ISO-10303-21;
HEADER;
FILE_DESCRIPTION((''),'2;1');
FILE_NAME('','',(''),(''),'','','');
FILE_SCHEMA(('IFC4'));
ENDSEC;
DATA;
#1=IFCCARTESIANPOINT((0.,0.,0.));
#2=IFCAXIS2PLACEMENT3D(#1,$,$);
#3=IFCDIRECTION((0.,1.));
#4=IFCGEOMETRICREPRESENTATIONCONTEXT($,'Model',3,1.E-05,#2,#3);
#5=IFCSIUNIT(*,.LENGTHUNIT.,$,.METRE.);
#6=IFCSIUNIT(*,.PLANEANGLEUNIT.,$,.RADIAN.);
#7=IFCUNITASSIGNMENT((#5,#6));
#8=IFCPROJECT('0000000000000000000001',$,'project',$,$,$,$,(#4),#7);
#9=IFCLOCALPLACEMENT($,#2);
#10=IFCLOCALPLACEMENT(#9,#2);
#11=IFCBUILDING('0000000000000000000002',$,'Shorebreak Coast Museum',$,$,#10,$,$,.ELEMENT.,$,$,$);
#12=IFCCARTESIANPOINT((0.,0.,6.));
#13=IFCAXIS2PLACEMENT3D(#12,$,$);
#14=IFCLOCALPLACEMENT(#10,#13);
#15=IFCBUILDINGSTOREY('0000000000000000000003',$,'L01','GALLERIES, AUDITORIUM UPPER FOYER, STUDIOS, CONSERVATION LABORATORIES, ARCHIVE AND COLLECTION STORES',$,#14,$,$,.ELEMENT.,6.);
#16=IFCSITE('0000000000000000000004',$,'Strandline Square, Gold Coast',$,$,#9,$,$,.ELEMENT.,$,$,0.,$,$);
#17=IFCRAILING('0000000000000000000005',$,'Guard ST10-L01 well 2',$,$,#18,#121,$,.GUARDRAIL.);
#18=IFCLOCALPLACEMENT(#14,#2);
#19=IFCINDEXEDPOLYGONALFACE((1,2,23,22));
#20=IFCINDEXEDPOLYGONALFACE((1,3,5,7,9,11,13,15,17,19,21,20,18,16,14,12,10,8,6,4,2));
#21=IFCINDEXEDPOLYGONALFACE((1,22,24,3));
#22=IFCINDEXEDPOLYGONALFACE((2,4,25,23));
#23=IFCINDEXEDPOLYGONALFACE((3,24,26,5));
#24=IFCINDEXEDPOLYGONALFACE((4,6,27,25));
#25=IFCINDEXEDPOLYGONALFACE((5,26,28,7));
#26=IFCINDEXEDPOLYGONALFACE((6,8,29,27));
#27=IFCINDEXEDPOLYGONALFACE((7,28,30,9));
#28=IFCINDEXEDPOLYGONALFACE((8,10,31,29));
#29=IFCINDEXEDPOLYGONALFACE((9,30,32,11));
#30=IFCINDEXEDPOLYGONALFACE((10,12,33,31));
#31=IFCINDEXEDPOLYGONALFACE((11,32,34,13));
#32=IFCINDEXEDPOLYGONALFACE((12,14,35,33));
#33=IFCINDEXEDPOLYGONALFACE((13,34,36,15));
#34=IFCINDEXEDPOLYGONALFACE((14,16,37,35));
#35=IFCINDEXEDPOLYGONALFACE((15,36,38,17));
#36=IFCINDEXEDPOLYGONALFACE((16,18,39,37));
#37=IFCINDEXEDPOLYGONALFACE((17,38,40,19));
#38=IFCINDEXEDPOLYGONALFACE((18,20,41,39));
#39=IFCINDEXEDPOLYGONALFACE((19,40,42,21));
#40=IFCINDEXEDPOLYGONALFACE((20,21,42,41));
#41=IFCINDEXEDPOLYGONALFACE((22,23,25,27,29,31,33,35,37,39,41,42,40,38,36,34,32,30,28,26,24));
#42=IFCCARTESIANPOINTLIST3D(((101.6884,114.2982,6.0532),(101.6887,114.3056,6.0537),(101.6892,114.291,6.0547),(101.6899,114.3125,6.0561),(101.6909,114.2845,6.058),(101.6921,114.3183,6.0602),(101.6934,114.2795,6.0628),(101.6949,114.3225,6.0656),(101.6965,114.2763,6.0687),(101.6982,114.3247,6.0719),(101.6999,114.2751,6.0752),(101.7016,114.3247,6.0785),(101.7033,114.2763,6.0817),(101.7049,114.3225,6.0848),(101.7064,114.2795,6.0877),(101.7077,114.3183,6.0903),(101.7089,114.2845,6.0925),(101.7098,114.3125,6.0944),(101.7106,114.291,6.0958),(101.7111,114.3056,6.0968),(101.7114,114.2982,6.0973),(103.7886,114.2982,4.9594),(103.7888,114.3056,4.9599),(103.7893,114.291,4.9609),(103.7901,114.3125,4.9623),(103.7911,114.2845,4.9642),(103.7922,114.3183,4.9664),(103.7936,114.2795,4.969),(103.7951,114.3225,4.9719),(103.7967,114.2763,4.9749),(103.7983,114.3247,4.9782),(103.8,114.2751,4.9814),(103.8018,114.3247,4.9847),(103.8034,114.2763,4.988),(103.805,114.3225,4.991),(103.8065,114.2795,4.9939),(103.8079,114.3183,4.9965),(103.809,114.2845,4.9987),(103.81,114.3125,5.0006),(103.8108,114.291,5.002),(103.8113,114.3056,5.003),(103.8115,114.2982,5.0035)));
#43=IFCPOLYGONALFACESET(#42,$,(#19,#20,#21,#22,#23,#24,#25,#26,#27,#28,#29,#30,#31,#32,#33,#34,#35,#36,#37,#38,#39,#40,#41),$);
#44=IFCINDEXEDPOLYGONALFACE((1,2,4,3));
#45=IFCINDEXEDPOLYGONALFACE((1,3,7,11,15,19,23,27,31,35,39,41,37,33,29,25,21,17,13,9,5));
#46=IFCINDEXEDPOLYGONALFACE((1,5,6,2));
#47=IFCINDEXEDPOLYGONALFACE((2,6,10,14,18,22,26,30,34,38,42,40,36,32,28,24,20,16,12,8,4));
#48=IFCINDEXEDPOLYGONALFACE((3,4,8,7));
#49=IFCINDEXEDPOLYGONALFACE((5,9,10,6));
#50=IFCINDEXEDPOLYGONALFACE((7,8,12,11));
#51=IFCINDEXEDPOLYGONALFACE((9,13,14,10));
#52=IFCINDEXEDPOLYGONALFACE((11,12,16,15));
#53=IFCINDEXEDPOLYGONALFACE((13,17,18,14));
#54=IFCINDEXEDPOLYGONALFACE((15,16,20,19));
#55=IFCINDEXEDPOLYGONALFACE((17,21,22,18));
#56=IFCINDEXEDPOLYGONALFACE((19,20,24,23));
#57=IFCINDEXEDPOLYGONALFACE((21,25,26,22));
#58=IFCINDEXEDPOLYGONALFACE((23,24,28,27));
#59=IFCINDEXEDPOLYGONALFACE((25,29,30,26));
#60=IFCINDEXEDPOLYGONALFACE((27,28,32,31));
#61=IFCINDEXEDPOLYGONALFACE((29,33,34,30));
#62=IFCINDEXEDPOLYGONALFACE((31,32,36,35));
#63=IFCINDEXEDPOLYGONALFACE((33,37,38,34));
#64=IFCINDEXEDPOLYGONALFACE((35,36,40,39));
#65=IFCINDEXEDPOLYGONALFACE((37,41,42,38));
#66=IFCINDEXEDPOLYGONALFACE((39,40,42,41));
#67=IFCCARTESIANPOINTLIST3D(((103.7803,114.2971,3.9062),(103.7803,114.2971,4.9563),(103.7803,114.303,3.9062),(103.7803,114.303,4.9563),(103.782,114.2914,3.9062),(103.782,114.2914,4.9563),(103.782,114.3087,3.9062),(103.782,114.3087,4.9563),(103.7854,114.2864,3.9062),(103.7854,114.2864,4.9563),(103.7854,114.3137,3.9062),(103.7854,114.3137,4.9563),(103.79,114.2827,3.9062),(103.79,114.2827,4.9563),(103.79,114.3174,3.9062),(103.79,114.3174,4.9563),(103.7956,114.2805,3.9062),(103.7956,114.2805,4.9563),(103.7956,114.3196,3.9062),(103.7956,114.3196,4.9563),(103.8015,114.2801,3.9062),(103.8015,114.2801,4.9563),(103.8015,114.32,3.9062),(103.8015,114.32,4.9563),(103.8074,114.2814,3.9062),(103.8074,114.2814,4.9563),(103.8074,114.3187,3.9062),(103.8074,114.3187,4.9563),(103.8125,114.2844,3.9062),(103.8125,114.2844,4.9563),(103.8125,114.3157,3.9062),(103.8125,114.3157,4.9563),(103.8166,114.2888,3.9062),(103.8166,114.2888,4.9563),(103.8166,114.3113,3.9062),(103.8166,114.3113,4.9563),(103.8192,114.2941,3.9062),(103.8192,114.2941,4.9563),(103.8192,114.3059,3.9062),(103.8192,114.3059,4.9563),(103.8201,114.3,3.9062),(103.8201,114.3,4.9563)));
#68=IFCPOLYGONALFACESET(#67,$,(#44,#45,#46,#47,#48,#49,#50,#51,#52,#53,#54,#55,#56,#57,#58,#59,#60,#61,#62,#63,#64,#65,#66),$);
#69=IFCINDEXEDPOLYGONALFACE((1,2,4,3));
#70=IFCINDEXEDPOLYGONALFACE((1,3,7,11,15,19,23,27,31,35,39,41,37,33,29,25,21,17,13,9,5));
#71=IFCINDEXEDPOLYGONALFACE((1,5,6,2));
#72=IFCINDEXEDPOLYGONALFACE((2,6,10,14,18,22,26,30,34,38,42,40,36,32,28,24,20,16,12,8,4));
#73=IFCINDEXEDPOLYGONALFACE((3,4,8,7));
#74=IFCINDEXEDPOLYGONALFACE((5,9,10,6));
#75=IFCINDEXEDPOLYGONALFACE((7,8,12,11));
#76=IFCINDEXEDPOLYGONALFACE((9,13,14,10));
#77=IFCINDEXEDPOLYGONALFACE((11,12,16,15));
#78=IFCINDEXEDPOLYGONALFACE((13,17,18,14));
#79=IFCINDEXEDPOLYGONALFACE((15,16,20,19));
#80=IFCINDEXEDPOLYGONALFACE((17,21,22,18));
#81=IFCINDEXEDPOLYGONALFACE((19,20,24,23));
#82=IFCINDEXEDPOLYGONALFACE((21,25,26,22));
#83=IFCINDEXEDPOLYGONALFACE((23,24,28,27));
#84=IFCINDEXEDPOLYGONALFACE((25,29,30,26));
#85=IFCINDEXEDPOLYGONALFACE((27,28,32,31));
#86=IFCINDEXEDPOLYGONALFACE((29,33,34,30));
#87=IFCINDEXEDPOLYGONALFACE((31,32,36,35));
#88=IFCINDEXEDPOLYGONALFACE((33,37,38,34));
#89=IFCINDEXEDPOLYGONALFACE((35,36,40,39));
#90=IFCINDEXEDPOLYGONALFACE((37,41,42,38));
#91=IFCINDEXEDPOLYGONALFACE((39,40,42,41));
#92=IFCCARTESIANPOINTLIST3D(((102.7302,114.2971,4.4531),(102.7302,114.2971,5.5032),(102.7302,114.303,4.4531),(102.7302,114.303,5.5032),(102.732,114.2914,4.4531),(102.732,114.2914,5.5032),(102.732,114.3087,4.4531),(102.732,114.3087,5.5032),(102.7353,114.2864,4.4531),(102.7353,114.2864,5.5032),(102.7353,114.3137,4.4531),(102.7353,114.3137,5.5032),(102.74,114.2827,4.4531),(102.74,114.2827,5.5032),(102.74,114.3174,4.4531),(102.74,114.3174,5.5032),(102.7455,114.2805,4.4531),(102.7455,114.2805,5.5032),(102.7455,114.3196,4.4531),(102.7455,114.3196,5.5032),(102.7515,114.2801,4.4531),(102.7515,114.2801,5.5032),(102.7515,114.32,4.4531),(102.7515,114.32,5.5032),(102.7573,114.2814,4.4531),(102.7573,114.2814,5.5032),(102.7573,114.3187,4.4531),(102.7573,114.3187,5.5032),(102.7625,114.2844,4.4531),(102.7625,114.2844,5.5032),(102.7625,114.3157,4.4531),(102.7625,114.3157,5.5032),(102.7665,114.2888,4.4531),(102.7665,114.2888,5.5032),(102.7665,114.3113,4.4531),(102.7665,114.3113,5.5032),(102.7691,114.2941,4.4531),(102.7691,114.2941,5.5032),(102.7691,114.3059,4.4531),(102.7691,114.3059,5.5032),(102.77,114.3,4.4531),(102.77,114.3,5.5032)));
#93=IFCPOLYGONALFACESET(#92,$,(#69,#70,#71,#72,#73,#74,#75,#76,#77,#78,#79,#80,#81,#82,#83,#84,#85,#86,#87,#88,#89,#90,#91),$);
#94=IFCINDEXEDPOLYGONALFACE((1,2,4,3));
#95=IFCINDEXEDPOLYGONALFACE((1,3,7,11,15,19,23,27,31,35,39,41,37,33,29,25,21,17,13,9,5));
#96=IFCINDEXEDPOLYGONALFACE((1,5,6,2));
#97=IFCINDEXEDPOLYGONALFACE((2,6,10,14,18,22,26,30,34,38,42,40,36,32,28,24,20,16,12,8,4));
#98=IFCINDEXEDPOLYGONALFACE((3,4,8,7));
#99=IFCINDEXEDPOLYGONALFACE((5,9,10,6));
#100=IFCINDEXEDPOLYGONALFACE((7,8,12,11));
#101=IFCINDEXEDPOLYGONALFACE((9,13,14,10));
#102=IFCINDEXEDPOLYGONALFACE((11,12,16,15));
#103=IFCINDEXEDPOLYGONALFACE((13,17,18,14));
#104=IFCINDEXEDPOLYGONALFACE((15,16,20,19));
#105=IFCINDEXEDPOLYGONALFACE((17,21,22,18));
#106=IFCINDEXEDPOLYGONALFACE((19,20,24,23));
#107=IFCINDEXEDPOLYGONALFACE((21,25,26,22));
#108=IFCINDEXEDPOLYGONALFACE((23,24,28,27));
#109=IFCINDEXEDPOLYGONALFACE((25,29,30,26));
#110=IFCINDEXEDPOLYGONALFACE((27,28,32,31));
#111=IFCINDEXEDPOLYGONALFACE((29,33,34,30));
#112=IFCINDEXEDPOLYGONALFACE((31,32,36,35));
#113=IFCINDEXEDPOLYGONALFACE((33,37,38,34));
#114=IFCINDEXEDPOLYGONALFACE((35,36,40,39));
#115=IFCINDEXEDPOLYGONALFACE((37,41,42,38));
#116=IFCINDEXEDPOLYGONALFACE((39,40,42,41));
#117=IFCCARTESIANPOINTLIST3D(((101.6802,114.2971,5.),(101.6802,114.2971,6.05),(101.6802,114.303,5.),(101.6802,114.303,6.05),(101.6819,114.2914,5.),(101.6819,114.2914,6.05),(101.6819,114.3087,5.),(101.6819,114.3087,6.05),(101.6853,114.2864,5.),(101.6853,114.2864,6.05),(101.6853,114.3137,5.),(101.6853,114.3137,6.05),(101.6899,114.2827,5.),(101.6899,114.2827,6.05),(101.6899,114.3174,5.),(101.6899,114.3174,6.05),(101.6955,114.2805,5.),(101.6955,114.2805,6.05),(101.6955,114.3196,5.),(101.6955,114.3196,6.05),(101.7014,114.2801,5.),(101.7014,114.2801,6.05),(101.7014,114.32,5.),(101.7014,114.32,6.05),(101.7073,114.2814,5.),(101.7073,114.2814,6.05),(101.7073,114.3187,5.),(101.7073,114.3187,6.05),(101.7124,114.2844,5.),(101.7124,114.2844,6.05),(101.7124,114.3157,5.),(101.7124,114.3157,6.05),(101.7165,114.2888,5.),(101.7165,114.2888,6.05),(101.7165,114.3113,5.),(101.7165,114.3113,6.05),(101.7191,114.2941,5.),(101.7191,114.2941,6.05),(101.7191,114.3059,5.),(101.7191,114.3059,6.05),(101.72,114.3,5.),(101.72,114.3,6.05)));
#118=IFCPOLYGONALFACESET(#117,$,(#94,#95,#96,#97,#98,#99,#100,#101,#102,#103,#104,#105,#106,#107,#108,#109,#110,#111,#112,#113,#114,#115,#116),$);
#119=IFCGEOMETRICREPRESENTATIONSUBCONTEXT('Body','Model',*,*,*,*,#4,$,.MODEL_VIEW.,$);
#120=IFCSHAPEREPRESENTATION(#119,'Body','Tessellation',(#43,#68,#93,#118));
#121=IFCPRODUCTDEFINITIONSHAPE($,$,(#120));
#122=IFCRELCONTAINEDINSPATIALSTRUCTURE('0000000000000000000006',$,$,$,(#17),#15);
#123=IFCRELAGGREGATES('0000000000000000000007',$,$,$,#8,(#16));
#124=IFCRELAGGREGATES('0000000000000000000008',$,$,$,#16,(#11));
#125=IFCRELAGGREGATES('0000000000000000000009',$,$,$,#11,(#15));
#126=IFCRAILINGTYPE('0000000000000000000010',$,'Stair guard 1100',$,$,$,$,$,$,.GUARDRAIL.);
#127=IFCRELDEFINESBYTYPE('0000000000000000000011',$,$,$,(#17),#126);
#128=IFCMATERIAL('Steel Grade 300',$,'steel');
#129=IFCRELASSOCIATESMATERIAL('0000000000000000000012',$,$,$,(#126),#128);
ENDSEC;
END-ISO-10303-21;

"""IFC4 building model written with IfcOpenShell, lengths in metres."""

from ifc_helpers import new_model, si_unit, direction, frame, origin, origin_2d, place, context, subcontext, project, spatial, circle, extrude, material, type_object, element, save


model = new_model("IFC4")

# Units and contexts
model_context = context("Model", 3, precision=1e-05, world=origin(), true_north=direction((0.0, 1.0)))
body_context = subcontext(model_context, "Body", "Model", "MODEL_VIEW")
ifc_project = project(units=[si_unit("LENGTHUNIT", "METRE"), si_unit("PLANEANGLEUNIT", "RADIAN")], contexts=[model_context])

# Site, building, storey
site_placement = place(None, origin())
site = spatial("IfcSite", under=ifc_project, at=site_placement, Name="Strandline Square, Gold Coast", CompositionType="ELEMENT", RefElevation=0.0)
building_placement = place(site_placement, origin())
building = spatial("IfcBuilding", under=site, at=building_placement, Name="Shorebreak Coast Museum", CompositionType="ELEMENT")
storey_placement = place(building_placement, frame((0.0, 0.0, 6.0)))
storey = spatial("IfcBuildingStorey", under=building, at=storey_placement, Name="L01", Description="GALLERIES, AUDITORIUM UPPER FOYER, STUDIOS, CONSERVATION LABORATORIES, ARCHIVE AND COLLECTION STORES", CompositionType="ELEMENT", Elevation=6.0)

# Railing
ifc_material_1 = material(Name="Steel Grade 300", Category="steel")
railing_type_1 = type_object("IfcRailingType", Name="Stair guard 1100", PredefinedType="GUARDRAIL", material=ifc_material_1)
railing_placement = place(storey_placement, frame((103.8, 114.3, 3.9062)))
element("IfcRailing", 1, at=railing_placement, inside=storey, type_object=railing_type_1, Name="Guard ST10-L01 well 2", PredefinedType="GUARDRAIL", context=body_context, shape_type="SweptSolid", body=[
    extrude(circle(Radius=0.0249, at=origin_2d()), frame((0.0, 0.0, 1.0752), z_axis=(-0.886923, 0.0, 0.461918), x_axis=(0.0, -1.0, 0.0)), (0.0, 0.0, 1.0), 2.3679),
    extrude(circle(Radius=0.02, at=origin_2d()), origin(), (0.0, 0.0, 1.0), 1.05),
    extrude(circle(Radius=0.02, at=origin_2d()), frame((-1.05, 0.0, 0.5469)), (0.0, 0.0, 1.0), 1.05),
    extrude(circle(Radius=0.02, at=origin_2d()), frame((-2.1001, 0.0, 1.0938)), (0.0, 0.0, 1.0), 1.05),
])

save(model, "model.ifc")
